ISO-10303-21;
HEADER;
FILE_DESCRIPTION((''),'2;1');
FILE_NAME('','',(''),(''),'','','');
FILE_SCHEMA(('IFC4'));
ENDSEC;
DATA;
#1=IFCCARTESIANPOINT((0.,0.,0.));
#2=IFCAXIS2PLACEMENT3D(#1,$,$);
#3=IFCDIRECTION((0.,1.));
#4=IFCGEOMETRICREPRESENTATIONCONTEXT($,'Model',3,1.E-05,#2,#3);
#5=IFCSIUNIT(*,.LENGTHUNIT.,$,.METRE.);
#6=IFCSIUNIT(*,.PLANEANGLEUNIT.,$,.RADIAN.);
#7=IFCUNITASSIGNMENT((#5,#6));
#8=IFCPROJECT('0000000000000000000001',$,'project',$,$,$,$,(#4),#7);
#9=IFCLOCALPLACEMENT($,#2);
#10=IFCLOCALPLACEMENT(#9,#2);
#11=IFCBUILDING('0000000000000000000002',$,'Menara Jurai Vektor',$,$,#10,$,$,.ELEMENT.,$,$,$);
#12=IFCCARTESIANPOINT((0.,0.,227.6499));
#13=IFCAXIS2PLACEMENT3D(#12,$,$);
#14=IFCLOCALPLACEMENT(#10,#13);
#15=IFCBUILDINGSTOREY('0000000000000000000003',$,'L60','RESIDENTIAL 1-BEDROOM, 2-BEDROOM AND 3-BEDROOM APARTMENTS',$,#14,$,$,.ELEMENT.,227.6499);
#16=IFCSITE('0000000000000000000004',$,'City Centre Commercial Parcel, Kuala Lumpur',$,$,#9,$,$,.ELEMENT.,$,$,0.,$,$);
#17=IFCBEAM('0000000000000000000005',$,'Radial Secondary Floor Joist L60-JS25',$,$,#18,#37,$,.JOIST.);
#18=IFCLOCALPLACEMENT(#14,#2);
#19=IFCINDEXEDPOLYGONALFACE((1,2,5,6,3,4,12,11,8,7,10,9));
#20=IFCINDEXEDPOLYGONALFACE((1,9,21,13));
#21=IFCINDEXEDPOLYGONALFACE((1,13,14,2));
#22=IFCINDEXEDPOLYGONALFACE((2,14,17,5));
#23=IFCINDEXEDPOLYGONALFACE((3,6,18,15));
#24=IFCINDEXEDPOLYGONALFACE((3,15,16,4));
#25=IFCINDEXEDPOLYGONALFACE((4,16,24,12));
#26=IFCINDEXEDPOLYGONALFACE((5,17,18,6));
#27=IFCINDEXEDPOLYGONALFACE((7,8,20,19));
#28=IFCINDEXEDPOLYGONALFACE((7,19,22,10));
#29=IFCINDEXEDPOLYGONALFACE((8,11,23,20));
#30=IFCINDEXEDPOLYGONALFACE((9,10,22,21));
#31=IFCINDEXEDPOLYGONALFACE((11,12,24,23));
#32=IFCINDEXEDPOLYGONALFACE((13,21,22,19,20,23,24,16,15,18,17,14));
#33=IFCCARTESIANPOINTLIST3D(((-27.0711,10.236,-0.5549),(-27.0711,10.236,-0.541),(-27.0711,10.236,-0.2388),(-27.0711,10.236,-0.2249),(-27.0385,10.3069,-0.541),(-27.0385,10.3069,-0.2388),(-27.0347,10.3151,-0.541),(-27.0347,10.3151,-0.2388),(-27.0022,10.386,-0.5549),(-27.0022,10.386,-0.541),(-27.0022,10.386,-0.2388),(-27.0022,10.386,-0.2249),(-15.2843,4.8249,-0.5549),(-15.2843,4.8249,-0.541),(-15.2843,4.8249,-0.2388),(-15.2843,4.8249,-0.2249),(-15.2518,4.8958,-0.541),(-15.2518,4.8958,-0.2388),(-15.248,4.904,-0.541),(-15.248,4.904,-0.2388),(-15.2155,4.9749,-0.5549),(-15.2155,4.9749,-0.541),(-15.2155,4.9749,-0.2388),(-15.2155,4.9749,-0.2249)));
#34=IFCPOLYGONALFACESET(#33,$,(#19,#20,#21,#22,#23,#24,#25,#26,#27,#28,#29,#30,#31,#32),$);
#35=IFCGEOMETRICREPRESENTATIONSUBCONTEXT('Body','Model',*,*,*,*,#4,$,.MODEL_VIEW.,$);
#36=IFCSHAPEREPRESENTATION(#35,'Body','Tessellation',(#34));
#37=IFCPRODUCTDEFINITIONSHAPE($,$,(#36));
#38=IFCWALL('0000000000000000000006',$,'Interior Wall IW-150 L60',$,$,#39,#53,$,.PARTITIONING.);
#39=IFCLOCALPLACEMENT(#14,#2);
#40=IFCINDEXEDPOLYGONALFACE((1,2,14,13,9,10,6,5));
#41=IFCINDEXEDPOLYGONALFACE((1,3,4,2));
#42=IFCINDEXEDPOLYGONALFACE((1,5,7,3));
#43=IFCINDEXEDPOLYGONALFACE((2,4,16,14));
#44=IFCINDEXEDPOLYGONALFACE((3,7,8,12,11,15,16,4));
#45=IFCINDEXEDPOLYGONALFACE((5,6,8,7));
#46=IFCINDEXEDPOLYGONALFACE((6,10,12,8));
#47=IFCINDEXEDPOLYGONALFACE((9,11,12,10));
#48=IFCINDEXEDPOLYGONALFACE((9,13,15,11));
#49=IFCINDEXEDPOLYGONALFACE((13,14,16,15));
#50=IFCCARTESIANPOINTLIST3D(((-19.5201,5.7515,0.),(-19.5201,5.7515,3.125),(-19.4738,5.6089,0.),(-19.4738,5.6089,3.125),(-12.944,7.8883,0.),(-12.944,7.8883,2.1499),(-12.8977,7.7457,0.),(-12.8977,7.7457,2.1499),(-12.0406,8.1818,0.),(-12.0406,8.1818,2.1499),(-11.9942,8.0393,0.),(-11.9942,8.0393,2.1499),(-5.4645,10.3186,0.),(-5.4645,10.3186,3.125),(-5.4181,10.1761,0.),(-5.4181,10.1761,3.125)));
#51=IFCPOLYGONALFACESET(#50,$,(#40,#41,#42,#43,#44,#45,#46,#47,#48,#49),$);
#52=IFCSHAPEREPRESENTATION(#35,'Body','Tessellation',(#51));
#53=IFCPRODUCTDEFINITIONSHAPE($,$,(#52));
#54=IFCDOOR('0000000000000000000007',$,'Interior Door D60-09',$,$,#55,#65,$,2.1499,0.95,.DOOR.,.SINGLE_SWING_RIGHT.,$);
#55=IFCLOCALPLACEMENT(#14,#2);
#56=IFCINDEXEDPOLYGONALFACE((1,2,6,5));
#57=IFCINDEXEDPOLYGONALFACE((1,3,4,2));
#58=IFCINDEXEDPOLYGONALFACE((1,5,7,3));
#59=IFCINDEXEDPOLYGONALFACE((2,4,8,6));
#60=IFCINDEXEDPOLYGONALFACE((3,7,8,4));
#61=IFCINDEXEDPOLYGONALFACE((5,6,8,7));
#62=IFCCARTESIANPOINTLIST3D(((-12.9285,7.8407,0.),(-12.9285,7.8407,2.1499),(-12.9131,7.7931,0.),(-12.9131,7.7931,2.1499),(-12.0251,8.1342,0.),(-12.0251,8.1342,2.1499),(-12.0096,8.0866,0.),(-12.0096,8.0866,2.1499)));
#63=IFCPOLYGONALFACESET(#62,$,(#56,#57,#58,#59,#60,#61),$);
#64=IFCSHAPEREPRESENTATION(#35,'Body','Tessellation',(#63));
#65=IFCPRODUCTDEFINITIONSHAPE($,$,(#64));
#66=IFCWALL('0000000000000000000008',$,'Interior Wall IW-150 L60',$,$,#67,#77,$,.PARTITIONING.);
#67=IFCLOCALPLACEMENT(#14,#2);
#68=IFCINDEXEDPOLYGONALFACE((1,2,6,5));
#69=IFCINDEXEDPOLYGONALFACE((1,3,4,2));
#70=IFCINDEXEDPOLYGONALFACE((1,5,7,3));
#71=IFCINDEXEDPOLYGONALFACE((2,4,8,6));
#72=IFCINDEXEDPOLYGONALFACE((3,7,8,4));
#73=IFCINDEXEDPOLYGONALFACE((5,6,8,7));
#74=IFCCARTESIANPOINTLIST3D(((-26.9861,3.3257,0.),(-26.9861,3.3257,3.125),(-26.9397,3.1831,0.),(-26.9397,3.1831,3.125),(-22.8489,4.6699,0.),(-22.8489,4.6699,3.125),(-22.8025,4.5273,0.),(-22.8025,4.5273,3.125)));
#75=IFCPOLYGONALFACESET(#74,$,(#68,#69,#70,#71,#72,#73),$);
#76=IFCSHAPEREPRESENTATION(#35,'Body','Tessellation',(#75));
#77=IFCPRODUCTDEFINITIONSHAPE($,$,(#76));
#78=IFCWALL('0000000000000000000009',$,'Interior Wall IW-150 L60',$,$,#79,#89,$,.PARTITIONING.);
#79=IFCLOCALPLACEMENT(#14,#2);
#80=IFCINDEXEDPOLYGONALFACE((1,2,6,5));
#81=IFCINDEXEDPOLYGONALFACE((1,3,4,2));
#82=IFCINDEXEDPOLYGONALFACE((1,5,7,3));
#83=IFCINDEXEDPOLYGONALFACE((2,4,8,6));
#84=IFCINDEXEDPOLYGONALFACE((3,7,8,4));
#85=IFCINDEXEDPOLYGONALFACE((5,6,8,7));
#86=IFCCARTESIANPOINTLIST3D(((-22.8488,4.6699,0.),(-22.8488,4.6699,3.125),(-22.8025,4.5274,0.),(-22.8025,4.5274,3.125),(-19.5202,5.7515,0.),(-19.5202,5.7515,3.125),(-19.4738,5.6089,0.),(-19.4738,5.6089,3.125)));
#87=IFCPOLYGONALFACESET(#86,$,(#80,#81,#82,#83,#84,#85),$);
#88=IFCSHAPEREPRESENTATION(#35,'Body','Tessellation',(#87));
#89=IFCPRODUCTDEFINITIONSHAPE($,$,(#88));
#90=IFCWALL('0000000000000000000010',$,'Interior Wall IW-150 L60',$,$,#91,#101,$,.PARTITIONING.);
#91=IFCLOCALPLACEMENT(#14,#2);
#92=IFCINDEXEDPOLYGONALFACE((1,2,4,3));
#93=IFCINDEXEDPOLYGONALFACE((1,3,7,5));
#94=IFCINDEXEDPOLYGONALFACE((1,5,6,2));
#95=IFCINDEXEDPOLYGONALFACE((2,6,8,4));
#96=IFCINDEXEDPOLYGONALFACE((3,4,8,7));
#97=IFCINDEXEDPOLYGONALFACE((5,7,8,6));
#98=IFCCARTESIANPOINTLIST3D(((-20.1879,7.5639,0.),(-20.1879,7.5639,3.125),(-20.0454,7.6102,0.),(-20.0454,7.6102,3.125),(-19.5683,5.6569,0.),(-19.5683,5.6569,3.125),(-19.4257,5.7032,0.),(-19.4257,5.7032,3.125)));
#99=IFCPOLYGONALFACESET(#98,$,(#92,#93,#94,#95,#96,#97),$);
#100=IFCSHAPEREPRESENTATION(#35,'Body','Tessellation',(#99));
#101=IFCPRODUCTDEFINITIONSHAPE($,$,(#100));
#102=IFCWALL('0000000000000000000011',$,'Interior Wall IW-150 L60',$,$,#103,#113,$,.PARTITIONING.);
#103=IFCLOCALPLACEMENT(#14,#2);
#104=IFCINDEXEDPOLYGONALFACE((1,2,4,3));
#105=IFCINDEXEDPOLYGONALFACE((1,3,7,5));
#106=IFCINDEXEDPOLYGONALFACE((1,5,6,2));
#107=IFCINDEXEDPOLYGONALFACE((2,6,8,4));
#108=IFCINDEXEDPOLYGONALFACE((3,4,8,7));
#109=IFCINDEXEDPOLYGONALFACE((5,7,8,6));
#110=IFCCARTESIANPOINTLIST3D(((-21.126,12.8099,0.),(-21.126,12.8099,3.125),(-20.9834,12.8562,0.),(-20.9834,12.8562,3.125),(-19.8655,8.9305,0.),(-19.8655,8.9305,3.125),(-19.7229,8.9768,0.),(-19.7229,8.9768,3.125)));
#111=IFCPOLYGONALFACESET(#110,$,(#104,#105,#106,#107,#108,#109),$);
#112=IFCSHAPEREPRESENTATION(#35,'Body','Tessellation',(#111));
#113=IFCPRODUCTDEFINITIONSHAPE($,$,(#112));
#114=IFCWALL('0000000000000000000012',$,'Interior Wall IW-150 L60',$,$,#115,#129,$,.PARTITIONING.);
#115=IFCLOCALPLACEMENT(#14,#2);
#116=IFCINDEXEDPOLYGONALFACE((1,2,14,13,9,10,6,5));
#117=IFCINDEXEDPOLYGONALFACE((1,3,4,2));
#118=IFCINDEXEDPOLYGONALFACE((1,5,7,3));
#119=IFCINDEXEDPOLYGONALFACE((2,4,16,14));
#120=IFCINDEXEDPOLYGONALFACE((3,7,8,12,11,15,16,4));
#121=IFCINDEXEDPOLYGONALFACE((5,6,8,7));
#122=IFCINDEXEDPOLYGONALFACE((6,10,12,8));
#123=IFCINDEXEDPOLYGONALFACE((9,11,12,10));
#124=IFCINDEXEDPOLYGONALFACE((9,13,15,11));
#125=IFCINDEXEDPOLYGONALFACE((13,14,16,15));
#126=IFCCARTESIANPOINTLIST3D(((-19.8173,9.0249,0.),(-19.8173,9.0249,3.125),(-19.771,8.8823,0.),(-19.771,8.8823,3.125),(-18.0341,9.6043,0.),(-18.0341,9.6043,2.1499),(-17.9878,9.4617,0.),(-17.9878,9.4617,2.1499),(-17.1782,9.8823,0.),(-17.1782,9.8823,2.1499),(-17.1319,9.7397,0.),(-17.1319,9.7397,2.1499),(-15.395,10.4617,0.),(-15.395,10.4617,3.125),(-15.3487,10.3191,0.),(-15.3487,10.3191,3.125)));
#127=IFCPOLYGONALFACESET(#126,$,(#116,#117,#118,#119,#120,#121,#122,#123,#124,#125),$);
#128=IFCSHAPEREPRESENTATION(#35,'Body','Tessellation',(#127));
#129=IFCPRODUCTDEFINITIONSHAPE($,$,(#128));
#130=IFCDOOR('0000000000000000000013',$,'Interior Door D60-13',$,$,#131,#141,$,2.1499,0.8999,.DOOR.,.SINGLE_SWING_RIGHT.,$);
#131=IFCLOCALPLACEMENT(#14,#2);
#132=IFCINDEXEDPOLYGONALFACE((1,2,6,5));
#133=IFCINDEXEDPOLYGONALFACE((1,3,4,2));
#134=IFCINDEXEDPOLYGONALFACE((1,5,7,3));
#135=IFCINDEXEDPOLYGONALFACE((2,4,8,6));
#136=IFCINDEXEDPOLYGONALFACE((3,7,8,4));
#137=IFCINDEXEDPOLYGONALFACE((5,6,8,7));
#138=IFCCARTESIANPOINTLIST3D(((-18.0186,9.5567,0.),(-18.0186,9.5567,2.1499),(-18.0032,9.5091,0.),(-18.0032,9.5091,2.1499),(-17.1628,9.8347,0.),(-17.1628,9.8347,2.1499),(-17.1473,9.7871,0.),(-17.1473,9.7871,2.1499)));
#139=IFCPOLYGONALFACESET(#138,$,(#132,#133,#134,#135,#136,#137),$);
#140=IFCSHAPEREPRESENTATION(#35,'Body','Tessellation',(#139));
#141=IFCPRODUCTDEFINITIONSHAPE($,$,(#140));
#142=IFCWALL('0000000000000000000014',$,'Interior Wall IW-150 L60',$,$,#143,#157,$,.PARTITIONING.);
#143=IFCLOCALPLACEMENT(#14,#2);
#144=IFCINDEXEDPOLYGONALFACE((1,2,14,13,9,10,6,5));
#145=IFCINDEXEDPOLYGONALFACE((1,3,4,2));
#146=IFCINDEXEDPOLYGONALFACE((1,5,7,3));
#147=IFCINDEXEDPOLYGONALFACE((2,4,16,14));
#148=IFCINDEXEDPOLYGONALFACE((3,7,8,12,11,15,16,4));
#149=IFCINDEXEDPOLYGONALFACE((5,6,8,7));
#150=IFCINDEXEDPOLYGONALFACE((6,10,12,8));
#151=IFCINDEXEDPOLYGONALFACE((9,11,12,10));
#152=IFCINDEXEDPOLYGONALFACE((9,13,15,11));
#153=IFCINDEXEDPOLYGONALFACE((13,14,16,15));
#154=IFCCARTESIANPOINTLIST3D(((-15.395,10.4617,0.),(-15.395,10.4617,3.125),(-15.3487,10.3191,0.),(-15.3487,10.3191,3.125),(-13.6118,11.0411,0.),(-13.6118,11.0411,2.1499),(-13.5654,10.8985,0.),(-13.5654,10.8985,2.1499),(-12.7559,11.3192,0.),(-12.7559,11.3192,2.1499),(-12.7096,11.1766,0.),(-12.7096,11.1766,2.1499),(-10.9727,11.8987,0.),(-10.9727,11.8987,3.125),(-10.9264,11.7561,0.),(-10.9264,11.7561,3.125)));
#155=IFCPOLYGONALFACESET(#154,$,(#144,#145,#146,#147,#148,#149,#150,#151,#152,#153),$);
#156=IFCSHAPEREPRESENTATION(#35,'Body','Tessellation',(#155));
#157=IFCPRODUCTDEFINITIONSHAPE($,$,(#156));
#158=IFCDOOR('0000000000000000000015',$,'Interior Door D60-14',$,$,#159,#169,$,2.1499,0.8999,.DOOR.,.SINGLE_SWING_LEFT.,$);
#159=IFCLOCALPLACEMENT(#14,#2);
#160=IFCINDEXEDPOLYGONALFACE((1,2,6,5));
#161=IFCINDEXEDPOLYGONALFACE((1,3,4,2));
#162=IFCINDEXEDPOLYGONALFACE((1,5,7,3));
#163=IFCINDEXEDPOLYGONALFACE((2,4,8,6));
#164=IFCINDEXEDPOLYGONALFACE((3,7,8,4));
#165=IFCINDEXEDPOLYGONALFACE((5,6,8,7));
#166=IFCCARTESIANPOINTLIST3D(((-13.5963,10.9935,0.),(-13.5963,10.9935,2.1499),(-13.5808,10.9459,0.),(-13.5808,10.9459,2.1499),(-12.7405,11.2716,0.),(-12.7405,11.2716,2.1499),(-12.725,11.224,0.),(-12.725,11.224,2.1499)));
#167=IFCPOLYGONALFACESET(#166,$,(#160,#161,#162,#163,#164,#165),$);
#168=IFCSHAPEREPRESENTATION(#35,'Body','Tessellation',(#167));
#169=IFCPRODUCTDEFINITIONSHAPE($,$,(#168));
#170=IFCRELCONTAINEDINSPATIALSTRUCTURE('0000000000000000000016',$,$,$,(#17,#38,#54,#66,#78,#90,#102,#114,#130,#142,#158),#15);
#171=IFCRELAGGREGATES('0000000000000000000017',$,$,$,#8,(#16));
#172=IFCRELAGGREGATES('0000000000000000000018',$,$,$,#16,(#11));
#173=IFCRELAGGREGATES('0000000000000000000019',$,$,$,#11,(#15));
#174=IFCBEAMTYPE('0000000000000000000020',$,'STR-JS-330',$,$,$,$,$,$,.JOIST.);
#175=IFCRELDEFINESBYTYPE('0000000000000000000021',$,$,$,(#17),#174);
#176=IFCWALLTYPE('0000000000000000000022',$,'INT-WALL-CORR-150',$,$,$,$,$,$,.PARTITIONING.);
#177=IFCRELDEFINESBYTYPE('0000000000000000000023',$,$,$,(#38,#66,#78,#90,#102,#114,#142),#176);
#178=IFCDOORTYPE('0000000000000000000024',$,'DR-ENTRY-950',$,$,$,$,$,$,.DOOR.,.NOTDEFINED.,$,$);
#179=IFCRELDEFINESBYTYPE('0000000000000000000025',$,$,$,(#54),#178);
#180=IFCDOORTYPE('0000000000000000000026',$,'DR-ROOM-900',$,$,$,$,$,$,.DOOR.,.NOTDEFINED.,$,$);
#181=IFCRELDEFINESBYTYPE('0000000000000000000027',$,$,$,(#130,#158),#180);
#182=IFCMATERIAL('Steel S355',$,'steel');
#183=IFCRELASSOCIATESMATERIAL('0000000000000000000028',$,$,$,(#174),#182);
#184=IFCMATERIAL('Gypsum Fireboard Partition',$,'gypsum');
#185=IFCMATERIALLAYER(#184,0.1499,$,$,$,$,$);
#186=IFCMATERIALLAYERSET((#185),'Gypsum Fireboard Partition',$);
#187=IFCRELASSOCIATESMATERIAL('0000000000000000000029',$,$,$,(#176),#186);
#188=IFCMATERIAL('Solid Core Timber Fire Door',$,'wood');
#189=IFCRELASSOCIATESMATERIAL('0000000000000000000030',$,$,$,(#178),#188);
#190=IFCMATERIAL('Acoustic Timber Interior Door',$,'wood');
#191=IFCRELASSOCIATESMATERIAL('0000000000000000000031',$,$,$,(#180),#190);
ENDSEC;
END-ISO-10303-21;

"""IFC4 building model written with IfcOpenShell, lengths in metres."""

from ifc_helpers import new_model, si_unit, direction, frame, frame_2d, origin, origin_2d, place, context, subcontext, project, spatial, rectangle, i_section, extrude, material, layer, layer_set, material_profile, profile_set, type_object, element, fill, save


model = new_model("IFC4")

# Units and contexts
model_context = context("Model", 3, precision=1e-05, world=origin(), true_north=direction((0.0, 1.0)))
body_context = subcontext(model_context, "Body", "Model", "MODEL_VIEW")
ifc_project = project(units=[si_unit("LENGTHUNIT", "METRE"), si_unit("PLANEANGLEUNIT", "RADIAN")], contexts=[model_context])

# Site, building, storey
site_placement = place(None, origin())
site = spatial("IfcSite", under=ifc_project, at=site_placement, Name="City Centre Commercial Parcel, Kuala Lumpur", CompositionType="ELEMENT", RefElevation=0.0)
building_placement = place(site_placement, origin())
building = spatial("IfcBuilding", under=site, at=building_placement, Name="Menara Jurai Vektor", CompositionType="ELEMENT")
storey_placement = place(building_placement, frame((0.0, 0.0, 227.6499)))
storey = spatial("IfcBuildingStorey", under=building, at=storey_placement, Name="L60", Description="RESIDENTIAL 1-BEDROOM, 2-BEDROOM AND 3-BEDROOM APARTMENTS", CompositionType="ELEMENT", Elevation=227.6499)

# Beam
ifc_material_1 = material(Name="Steel S355", Category="steel")
ifc_material_profile = material_profile(ifc_material_1, i_section(OverallWidth=0.165, OverallDepth=0.3301, WebThickness=0.009, FlangeThickness=0.0139, at=origin_2d()), Name="PG 330x165x46")
ifc_profile_set = profile_set([ifc_material_profile], Name="Steel S355")
beam_type = type_object("IfcBeamType", Name="STR-JS-330", PredefinedType="JOIST", material=ifc_profile_set)
beam_placement = place(storey_placement, frame((-27.0366, 10.311, -0.3899), z_axis=(0.908804, -0.417224, 0.0), x_axis=(0.417224, 0.908804, 0.0)))
element("IfcBeam", 1, at=beam_placement, inside=storey, type_object=beam_type, Name="Radial Secondary Floor Joist L60-JS25", PredefinedType="JOIST", context=body_context, shape_type="SweptSolid", body=[
    extrude(i_section(OverallWidth=0.165, OverallDepth=0.3301, WebThickness=0.009, FlangeThickness=0.0139, at=origin_2d()), origin(), (0.0, 0.0, 1.0), 12.9695),
])

# Wall, opening, door
ifc_material_2 = material(Name="Gypsum Fireboard Partition", Category="gypsum")
ifc_layer_1 = layer(ifc_material_2, 0.1499)
ifc_layer_set_1 = layer_set([ifc_layer_1], Name="Gypsum Fireboard Partition")
wall_type_1 = type_object("IfcWallType", Name="INT-WALL-CORR-150", PredefinedType="PARTITIONING", material=ifc_layer_set_1)
wall_1_placement = place(storey_placement, frame((-19.4971, 5.6802, 0.0), z_axis=(0.0, 0.0, 1.0), x_axis=(0.951053, 0.309028, 0.0)))
wall_1 = element("IfcWall", 2, at=wall_1_placement, inside=storey, type_object=wall_type_1, Name="Interior Wall IW-150 L60", PredefinedType="PARTITIONING", context=body_context, shape_type="SweptSolid", body=[
    extrude(rectangle(XDim=14.7791, YDim=0.1499, at=frame_2d((7.3896, 0.0))), origin(), (0.0, 0.0, 1.0), 3.125),
])
opening_1_placement = place(wall_1_placement, frame((6.9146, 0.0, 0.0)))
opening_1 = element("IfcOpeningElement", 3, at=opening_1_placement, cuts=wall_1, PredefinedType="OPENING", context=body_context, shape_type="SweptSolid", body=[
    extrude(rectangle(XDim=0.95, YDim=2.1499, at=frame_2d((0.4751, 1.075))), frame((0.0, 0.085, 0.0), z_axis=(0.0, -1.0, 0.0), x_axis=(1.0, 0.0, 0.0)), (0.0, 0.0, 1.0), 0.1699),
])
ifc_material_3 = material(Name="Solid Core Timber Fire Door", Category="wood")
door_type_1 = type_object("IfcDoorType", Name="DR-ENTRY-950", OperationType="NOTDEFINED", PredefinedType="DOOR", material=ifc_material_3)
door_1_placement = place(opening_1_placement, origin())
door_1 = element("IfcDoor", 4, at=door_1_placement, inside=storey, type_object=door_type_1, Name="Interior Door D60-09", OperationType="SINGLE_SWING_RIGHT", OverallHeight=2.1499, OverallWidth=0.95, PredefinedType="DOOR", context=body_context, shape_type="SweptSolid", body=[
    extrude(rectangle(XDim=0.95, YDim=2.1499, at=frame_2d((0.4751, 1.075))), frame((0.0, 0.0249, 0.0), z_axis=(0.0, -1.0, 0.0), x_axis=(1.0, 0.0, 0.0)), (0.0, 0.0, 1.0), 0.05),
])
fill(opening_1, door_1)

# Walls
wall_2_placement = place(storey_placement, frame((-26.9629, 3.2544, 0.0), z_axis=(0.0, 0.0, 1.0), x_axis=(0.951058, 0.309012, 0.0)))
element("IfcWall", 5, at=wall_2_placement, inside=storey, type_object=wall_type_1, Name="Interior Wall IW-150 L60", PredefinedType="PARTITIONING", context=body_context, shape_type="SweptSolid", body=[
    extrude(rectangle(XDim=4.3501, YDim=0.1499, at=frame_2d((2.175, 0.0))), origin(), (0.0, 0.0, 1.0), 3.125),
])
wall_3_placement = place(storey_placement, frame((-22.8257, 4.5986, 0.0), z_axis=(0.0, 0.0, 1.0), x_axis=(0.951056, 0.30902, 0.0)))
element("IfcWall", 6, at=wall_3_placement, inside=storey, type_object=wall_type_1, Name="Interior Wall IW-150 L60", PredefinedType="PARTITIONING", context=body_context, shape_type="SweptSolid", body=[
    extrude(rectangle(XDim=3.5, YDim=0.1499, at=frame_2d((1.75, 0.0))), origin(), (0.0, 0.0, 1.0), 3.125),
])

# Shared definitions
ifc_material_4 = material(Name="Acoustic Timber Interior Door", Category="wood")
door_type_2 = type_object("IfcDoorType", Name="DR-ROOM-900", OperationType="NOTDEFINED", PredefinedType="DOOR", material=ifc_material_4)

# Walls
wall_4_placement = place(storey_placement, frame((-19.4971, 5.6802, 0.0), z_axis=(0.0, 0.0, 1.0), x_axis=(-0.309023, 0.951055, 0.0)))
element("IfcWall", 7, at=wall_4_placement, inside=storey, type_object=wall_type_1, Name="Interior Wall IW-150 L60", PredefinedType="PARTITIONING", context=body_context, shape_type="SweptSolid", body=[
    extrude(rectangle(XDim=2.0051, YDim=0.1499, at=frame_2d((1.0024, 0.0))), origin(), (0.0, 0.0, 1.0), 3.125),
])
wall_5_placement = place(storey_placement, frame((-19.7942, 8.9536, 0.0), z_axis=(0.0, 0.0, 1.0), x_axis=(-0.309018, 0.951056, 0.0)))
element("IfcWall", 8, at=wall_5_placement, inside=storey, type_object=wall_type_1, Name="Interior Wall IW-150 L60", PredefinedType="PARTITIONING", context=body_context, shape_type="SweptSolid", body=[
    extrude(rectangle(XDim=4.0791, YDim=0.1499, at=frame_2d((2.0396, 0.0))), origin(), (0.0, 0.0, 1.0), 3.125),
])

# Walls, openings, doors
wall_6_placement = place(storey_placement, frame((-19.7942, 8.9536, 0.0), z_axis=(0.0, 0.0, 1.0), x_axis=(0.951066, 0.308989, 0.0)))
wall_6 = element("IfcWall", 9, at=wall_6_placement, inside=storey, type_object=wall_type_1, Name="Interior Wall IW-150 L60", PredefinedType="PARTITIONING", context=body_context, shape_type="SweptSolid", body=[
    extrude(rectangle(XDim=4.6499, YDim=0.1499, at=frame_2d((2.325, 0.0))), origin(), (0.0, 0.0, 1.0), 3.125),
])
opening_2_placement = place(wall_6_placement, frame((1.875, 0.0, 0.0)))
opening_2 = element("IfcOpeningElement", 10, at=opening_2_placement, cuts=wall_6, PredefinedType="OPENING", context=body_context, shape_type="SweptSolid", body=[
    extrude(rectangle(XDim=0.8999, YDim=2.1499, at=frame_2d((0.45, 1.075))), frame((0.0, 0.085, 0.0), z_axis=(0.0, -1.0, 0.0), x_axis=(1.0, 0.0, 0.0)), (0.0, 0.0, 1.0), 0.1699),
])
door_2_placement = place(opening_2_placement, origin())
door_2 = element("IfcDoor", 11, at=door_2_placement, inside=storey, type_object=door_type_2, Name="Interior Door D60-13", OperationType="SINGLE_SWING_RIGHT", OverallHeight=2.1499, OverallWidth=0.8999, PredefinedType="DOOR", context=body_context, shape_type="SweptSolid", body=[
    extrude(rectangle(XDim=0.8999, YDim=2.1499, at=frame_2d((0.45, 1.075))), frame((0.0, 0.0249, 0.0), z_axis=(0.0, -1.0, 0.0), x_axis=(1.0, 0.0, 0.0)), (0.0, 0.0, 1.0), 0.05),
])
fill(opening_2, door_2)
wall_7_placement = place(storey_placement, frame((-15.3718, 10.3904, 0.0), z_axis=(0.0, 0.0, 1.0), x_axis=(0.95105, 0.309036, 0.0)))
wall_7 = element("IfcWall", 12, at=wall_7_placement, inside=storey, type_object=wall_type_1, Name="Interior Wall IW-150 L60", PredefinedType="PARTITIONING", context=body_context, shape_type="SweptSolid", body=[
    extrude(rectangle(XDim=4.6499, YDim=0.1499, at=frame_2d((2.325, 0.0))), origin(), (0.0, 0.0, 1.0), 3.125),
])
opening_3_placement = place(wall_7_placement, frame((1.875, 0.0, 0.0)))
opening_3 = element("IfcOpeningElement", 13, at=opening_3_placement, cuts=wall_7, PredefinedType="OPENING", context=body_context, shape_type="SweptSolid", body=[
    extrude(rectangle(XDim=0.8999, YDim=2.1499, at=frame_2d((0.45, 1.075))), frame((0.0, 0.085, 0.0), z_axis=(0.0, -1.0, 0.0), x_axis=(1.0, 0.0, 0.0)), (0.0, 0.0, 1.0), 0.1699),
])
door_3_placement = place(opening_3_placement, origin())
door_3 = element("IfcDoor", 14, at=door_3_placement, inside=storey, type_object=door_type_2, Name="Interior Door D60-14", OperationType="SINGLE_SWING_LEFT", OverallHeight=2.1499, OverallWidth=0.8999, PredefinedType="DOOR", context=body_context, shape_type="SweptSolid", body=[
    extrude(rectangle(XDim=0.8999, YDim=2.1499, at=frame_2d((0.45, 1.075))), frame((0.0, 0.0249, 0.0), z_axis=(0.0, -1.0, 0.0), x_axis=(1.0, 0.0, 0.0)), (0.0, 0.0, 1.0), 0.05),
])
fill(opening_3, door_3)

save(model, "model.ifc")
